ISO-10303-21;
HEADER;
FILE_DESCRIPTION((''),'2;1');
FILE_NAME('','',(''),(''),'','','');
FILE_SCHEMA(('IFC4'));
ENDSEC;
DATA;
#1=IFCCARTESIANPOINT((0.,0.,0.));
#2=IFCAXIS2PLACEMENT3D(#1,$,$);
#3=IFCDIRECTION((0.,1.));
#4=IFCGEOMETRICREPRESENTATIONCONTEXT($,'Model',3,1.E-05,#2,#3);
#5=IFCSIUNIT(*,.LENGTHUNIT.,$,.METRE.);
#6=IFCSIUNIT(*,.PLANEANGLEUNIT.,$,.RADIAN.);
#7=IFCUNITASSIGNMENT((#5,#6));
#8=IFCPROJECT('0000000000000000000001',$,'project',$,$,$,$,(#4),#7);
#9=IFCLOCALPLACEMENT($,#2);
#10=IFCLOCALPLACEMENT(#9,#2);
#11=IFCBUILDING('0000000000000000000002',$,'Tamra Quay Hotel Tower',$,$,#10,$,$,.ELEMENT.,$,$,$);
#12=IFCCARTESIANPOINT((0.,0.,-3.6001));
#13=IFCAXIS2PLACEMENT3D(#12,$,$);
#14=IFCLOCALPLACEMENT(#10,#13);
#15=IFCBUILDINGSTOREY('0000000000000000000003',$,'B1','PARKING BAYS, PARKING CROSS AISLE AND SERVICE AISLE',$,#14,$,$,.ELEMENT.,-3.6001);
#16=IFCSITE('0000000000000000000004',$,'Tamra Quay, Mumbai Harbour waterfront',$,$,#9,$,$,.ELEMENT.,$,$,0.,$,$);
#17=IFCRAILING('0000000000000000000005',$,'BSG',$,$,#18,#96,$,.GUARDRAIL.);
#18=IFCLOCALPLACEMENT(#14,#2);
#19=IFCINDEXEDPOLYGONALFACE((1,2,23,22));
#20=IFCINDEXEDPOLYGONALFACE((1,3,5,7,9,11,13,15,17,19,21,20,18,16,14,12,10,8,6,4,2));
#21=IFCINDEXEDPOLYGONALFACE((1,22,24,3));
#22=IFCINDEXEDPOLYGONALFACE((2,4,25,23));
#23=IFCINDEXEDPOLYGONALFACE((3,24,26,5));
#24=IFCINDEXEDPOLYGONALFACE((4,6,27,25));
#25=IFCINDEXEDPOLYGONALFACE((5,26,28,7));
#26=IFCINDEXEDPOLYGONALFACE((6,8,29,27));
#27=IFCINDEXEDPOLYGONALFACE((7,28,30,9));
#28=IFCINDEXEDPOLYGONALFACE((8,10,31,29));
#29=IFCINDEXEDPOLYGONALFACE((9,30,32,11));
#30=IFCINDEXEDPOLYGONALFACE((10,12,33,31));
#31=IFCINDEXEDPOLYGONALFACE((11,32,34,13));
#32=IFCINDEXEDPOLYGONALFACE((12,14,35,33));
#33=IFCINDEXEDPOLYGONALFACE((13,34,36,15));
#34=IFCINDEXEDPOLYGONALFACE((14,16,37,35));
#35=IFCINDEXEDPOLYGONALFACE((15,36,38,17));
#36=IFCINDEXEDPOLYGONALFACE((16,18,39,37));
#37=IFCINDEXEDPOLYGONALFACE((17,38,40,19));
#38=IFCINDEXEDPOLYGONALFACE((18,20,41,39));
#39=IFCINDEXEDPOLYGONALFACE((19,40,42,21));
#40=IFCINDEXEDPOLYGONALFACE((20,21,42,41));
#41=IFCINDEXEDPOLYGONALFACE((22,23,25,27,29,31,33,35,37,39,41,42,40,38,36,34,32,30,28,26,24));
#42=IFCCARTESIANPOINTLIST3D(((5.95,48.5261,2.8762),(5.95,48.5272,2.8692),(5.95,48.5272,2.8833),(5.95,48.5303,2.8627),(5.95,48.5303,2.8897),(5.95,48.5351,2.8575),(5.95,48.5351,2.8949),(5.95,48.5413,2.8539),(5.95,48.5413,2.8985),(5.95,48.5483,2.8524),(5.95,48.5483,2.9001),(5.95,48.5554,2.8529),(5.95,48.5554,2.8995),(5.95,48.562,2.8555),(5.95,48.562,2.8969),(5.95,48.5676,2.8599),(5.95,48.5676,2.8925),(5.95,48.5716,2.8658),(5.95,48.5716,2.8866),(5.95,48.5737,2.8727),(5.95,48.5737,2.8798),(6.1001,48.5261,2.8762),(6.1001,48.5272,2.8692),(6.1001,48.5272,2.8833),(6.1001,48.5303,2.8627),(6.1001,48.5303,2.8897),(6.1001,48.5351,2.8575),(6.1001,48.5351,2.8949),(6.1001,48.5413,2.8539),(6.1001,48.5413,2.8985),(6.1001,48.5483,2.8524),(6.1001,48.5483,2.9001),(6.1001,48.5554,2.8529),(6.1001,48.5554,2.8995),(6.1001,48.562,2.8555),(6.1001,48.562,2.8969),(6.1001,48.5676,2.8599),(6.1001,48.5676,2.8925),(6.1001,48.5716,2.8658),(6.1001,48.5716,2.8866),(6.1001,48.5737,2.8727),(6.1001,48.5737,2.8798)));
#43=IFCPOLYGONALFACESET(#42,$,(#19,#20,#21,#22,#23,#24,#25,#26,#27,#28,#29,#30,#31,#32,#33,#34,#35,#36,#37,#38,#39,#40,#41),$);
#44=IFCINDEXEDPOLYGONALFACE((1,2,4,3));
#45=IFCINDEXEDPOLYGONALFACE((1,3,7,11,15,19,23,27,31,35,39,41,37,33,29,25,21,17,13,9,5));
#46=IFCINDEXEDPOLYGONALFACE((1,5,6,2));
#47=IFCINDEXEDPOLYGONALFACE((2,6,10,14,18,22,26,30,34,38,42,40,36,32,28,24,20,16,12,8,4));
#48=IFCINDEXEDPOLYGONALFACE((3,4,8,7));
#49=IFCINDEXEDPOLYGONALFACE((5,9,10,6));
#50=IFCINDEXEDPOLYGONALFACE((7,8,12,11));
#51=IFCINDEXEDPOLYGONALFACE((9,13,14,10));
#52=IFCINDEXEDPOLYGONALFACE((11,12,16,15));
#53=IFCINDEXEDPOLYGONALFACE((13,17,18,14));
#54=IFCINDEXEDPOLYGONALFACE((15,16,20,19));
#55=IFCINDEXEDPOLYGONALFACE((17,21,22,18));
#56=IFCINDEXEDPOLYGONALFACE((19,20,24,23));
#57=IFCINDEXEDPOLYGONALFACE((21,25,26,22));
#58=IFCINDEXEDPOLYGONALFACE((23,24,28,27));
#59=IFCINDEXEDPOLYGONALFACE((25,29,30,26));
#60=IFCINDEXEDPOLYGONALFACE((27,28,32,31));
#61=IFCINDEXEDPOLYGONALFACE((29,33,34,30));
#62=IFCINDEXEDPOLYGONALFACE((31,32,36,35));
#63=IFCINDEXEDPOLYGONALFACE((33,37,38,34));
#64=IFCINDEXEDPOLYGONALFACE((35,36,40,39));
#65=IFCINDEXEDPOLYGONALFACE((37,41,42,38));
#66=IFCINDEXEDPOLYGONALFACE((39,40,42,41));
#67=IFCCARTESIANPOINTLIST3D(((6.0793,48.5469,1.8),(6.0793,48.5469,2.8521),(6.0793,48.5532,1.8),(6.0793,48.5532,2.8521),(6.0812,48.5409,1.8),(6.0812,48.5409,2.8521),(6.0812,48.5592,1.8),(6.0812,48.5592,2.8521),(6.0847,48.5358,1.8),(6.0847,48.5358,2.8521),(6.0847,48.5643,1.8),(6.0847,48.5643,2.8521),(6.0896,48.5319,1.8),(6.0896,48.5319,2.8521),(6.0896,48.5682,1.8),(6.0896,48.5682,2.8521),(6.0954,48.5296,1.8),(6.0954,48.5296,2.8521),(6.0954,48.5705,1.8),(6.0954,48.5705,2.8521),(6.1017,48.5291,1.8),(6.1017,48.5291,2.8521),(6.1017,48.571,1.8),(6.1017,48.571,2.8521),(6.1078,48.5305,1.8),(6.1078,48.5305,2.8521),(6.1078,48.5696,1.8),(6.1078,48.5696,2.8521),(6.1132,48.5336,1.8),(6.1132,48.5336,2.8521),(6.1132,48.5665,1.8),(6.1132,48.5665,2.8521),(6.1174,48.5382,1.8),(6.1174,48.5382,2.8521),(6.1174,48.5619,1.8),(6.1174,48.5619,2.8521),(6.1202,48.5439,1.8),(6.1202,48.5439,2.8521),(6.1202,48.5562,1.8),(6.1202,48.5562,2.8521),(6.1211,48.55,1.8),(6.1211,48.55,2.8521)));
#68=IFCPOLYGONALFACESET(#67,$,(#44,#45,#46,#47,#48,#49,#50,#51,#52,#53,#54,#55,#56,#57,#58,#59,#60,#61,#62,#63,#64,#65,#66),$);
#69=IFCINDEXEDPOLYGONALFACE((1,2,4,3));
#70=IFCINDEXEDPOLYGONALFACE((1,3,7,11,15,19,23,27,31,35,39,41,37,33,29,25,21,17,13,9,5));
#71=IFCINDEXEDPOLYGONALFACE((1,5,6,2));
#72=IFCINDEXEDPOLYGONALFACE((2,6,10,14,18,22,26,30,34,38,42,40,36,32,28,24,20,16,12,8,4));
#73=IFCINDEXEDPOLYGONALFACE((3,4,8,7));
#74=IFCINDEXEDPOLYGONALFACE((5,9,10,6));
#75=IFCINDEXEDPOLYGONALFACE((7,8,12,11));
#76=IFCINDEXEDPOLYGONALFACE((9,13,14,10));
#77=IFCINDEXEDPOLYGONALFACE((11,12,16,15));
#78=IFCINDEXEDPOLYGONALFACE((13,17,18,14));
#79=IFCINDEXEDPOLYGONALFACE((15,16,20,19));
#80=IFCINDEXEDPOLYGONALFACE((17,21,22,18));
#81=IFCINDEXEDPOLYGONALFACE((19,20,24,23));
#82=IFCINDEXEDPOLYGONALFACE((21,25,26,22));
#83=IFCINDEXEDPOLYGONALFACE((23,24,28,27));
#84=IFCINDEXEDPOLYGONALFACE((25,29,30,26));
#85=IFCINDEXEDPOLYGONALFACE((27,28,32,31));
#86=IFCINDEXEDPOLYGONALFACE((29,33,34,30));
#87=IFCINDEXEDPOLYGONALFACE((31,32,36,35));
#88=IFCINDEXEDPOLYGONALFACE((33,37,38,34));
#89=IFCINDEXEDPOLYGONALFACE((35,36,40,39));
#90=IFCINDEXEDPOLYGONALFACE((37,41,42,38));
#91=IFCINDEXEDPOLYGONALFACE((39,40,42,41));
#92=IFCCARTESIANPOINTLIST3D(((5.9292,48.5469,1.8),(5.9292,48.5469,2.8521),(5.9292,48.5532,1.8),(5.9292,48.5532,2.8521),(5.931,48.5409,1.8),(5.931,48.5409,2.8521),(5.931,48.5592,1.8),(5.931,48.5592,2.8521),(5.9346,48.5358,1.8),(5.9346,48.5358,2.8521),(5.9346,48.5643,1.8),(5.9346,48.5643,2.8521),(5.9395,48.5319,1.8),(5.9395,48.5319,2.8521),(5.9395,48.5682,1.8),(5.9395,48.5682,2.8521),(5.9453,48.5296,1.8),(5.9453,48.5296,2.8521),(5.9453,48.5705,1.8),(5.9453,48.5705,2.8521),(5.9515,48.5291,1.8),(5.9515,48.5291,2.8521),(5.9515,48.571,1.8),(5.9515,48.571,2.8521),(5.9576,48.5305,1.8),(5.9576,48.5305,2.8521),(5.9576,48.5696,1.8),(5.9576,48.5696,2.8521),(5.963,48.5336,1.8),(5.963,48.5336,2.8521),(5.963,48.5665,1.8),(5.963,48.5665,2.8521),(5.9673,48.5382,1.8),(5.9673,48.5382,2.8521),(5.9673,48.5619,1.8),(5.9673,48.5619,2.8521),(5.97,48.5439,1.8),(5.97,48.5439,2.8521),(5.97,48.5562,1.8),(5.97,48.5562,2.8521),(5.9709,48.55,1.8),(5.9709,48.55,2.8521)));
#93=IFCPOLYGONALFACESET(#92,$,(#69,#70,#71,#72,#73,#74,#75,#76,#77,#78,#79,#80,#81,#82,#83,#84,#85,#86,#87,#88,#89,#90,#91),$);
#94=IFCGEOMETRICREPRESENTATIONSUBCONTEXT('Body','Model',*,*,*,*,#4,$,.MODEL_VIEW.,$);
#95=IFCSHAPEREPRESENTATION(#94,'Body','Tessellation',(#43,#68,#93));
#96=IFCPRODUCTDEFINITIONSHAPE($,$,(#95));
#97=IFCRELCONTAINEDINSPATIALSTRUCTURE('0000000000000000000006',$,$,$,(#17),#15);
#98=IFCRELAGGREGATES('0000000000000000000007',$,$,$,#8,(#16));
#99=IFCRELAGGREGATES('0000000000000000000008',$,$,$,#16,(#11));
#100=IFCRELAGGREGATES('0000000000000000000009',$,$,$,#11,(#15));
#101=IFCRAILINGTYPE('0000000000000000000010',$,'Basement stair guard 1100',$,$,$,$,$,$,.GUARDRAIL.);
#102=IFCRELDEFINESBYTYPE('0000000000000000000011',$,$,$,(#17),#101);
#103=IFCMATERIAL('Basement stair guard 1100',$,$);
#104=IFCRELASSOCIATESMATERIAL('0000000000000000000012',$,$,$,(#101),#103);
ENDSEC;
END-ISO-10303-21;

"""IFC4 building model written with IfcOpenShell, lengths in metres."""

from ifc_helpers import new_model, si_unit, direction, frame, origin, origin_2d, place, context, subcontext, project, spatial, circle, extrude, material, type_object, element, save


model = new_model("IFC4")

# Units and contexts
model_context = context("Model", 3, precision=1e-05, world=origin(), true_north=direction((0.0, 1.0)))
body_context = subcontext(model_context, "Body", "Model", "MODEL_VIEW")
ifc_project = project(units=[si_unit("LENGTHUNIT", "METRE"), si_unit("PLANEANGLEUNIT", "RADIAN")], contexts=[model_context])

# Site, building, storey
site_placement = place(None, origin())
site = spatial("IfcSite", under=ifc_project, at=site_placement, Name="Tamra Quay, Mumbai Harbour waterfront", CompositionType="ELEMENT", RefElevation=0.0)
building_placement = place(site_placement, origin())
building = spatial("IfcBuilding", under=site, at=building_placement, Name="Tamra Quay Hotel Tower", CompositionType="ELEMENT")
storey_placement = place(building_placement, frame((0.0, 0.0, -3.6001)))
storey = spatial("IfcBuildingStorey", under=building, at=storey_placement, Name="B1", Description="PARKING BAYS, PARKING CROSS AISLE AND SERVICE AISLE", CompositionType="ELEMENT", Elevation=-3.6001)

# Railing
ifc_material_1 = material(Name="Basement stair guard 1100")
railing_type_1 = type_object("IfcRailingType", Name="Basement stair guard 1100", PredefinedType="GUARDRAIL", material=ifc_material_1)
railing_1_placement = place(storey_placement, frame((6.1001, 48.55, 1.8)))
element("IfcRailing", 1, at=railing_1_placement, inside=storey, type_object=railing_type_1, Name="BSG", PredefinedType="GUARDRAIL", context=body_context, shape_type="SweptSolid", body=[
    extrude(circle(Radius=0.0239, at=origin_2d()), frame((0.0, 0.0, 1.0762), z_axis=(-1.0, 0.0, 0.0), x_axis=(0.0, -1.0, 0.0)), (0.0, 0.0, 1.0), 0.1501),
    extrude(circle(Radius=0.021, at=origin_2d()), origin(), (0.0, 0.0, 1.0), 1.052),
    extrude(circle(Radius=0.021, at=origin_2d()), frame((-0.1501, 0.0, 0.0)), (0.0, 0.0, 1.0), 1.052),
])

save(model, "model.ifc")
